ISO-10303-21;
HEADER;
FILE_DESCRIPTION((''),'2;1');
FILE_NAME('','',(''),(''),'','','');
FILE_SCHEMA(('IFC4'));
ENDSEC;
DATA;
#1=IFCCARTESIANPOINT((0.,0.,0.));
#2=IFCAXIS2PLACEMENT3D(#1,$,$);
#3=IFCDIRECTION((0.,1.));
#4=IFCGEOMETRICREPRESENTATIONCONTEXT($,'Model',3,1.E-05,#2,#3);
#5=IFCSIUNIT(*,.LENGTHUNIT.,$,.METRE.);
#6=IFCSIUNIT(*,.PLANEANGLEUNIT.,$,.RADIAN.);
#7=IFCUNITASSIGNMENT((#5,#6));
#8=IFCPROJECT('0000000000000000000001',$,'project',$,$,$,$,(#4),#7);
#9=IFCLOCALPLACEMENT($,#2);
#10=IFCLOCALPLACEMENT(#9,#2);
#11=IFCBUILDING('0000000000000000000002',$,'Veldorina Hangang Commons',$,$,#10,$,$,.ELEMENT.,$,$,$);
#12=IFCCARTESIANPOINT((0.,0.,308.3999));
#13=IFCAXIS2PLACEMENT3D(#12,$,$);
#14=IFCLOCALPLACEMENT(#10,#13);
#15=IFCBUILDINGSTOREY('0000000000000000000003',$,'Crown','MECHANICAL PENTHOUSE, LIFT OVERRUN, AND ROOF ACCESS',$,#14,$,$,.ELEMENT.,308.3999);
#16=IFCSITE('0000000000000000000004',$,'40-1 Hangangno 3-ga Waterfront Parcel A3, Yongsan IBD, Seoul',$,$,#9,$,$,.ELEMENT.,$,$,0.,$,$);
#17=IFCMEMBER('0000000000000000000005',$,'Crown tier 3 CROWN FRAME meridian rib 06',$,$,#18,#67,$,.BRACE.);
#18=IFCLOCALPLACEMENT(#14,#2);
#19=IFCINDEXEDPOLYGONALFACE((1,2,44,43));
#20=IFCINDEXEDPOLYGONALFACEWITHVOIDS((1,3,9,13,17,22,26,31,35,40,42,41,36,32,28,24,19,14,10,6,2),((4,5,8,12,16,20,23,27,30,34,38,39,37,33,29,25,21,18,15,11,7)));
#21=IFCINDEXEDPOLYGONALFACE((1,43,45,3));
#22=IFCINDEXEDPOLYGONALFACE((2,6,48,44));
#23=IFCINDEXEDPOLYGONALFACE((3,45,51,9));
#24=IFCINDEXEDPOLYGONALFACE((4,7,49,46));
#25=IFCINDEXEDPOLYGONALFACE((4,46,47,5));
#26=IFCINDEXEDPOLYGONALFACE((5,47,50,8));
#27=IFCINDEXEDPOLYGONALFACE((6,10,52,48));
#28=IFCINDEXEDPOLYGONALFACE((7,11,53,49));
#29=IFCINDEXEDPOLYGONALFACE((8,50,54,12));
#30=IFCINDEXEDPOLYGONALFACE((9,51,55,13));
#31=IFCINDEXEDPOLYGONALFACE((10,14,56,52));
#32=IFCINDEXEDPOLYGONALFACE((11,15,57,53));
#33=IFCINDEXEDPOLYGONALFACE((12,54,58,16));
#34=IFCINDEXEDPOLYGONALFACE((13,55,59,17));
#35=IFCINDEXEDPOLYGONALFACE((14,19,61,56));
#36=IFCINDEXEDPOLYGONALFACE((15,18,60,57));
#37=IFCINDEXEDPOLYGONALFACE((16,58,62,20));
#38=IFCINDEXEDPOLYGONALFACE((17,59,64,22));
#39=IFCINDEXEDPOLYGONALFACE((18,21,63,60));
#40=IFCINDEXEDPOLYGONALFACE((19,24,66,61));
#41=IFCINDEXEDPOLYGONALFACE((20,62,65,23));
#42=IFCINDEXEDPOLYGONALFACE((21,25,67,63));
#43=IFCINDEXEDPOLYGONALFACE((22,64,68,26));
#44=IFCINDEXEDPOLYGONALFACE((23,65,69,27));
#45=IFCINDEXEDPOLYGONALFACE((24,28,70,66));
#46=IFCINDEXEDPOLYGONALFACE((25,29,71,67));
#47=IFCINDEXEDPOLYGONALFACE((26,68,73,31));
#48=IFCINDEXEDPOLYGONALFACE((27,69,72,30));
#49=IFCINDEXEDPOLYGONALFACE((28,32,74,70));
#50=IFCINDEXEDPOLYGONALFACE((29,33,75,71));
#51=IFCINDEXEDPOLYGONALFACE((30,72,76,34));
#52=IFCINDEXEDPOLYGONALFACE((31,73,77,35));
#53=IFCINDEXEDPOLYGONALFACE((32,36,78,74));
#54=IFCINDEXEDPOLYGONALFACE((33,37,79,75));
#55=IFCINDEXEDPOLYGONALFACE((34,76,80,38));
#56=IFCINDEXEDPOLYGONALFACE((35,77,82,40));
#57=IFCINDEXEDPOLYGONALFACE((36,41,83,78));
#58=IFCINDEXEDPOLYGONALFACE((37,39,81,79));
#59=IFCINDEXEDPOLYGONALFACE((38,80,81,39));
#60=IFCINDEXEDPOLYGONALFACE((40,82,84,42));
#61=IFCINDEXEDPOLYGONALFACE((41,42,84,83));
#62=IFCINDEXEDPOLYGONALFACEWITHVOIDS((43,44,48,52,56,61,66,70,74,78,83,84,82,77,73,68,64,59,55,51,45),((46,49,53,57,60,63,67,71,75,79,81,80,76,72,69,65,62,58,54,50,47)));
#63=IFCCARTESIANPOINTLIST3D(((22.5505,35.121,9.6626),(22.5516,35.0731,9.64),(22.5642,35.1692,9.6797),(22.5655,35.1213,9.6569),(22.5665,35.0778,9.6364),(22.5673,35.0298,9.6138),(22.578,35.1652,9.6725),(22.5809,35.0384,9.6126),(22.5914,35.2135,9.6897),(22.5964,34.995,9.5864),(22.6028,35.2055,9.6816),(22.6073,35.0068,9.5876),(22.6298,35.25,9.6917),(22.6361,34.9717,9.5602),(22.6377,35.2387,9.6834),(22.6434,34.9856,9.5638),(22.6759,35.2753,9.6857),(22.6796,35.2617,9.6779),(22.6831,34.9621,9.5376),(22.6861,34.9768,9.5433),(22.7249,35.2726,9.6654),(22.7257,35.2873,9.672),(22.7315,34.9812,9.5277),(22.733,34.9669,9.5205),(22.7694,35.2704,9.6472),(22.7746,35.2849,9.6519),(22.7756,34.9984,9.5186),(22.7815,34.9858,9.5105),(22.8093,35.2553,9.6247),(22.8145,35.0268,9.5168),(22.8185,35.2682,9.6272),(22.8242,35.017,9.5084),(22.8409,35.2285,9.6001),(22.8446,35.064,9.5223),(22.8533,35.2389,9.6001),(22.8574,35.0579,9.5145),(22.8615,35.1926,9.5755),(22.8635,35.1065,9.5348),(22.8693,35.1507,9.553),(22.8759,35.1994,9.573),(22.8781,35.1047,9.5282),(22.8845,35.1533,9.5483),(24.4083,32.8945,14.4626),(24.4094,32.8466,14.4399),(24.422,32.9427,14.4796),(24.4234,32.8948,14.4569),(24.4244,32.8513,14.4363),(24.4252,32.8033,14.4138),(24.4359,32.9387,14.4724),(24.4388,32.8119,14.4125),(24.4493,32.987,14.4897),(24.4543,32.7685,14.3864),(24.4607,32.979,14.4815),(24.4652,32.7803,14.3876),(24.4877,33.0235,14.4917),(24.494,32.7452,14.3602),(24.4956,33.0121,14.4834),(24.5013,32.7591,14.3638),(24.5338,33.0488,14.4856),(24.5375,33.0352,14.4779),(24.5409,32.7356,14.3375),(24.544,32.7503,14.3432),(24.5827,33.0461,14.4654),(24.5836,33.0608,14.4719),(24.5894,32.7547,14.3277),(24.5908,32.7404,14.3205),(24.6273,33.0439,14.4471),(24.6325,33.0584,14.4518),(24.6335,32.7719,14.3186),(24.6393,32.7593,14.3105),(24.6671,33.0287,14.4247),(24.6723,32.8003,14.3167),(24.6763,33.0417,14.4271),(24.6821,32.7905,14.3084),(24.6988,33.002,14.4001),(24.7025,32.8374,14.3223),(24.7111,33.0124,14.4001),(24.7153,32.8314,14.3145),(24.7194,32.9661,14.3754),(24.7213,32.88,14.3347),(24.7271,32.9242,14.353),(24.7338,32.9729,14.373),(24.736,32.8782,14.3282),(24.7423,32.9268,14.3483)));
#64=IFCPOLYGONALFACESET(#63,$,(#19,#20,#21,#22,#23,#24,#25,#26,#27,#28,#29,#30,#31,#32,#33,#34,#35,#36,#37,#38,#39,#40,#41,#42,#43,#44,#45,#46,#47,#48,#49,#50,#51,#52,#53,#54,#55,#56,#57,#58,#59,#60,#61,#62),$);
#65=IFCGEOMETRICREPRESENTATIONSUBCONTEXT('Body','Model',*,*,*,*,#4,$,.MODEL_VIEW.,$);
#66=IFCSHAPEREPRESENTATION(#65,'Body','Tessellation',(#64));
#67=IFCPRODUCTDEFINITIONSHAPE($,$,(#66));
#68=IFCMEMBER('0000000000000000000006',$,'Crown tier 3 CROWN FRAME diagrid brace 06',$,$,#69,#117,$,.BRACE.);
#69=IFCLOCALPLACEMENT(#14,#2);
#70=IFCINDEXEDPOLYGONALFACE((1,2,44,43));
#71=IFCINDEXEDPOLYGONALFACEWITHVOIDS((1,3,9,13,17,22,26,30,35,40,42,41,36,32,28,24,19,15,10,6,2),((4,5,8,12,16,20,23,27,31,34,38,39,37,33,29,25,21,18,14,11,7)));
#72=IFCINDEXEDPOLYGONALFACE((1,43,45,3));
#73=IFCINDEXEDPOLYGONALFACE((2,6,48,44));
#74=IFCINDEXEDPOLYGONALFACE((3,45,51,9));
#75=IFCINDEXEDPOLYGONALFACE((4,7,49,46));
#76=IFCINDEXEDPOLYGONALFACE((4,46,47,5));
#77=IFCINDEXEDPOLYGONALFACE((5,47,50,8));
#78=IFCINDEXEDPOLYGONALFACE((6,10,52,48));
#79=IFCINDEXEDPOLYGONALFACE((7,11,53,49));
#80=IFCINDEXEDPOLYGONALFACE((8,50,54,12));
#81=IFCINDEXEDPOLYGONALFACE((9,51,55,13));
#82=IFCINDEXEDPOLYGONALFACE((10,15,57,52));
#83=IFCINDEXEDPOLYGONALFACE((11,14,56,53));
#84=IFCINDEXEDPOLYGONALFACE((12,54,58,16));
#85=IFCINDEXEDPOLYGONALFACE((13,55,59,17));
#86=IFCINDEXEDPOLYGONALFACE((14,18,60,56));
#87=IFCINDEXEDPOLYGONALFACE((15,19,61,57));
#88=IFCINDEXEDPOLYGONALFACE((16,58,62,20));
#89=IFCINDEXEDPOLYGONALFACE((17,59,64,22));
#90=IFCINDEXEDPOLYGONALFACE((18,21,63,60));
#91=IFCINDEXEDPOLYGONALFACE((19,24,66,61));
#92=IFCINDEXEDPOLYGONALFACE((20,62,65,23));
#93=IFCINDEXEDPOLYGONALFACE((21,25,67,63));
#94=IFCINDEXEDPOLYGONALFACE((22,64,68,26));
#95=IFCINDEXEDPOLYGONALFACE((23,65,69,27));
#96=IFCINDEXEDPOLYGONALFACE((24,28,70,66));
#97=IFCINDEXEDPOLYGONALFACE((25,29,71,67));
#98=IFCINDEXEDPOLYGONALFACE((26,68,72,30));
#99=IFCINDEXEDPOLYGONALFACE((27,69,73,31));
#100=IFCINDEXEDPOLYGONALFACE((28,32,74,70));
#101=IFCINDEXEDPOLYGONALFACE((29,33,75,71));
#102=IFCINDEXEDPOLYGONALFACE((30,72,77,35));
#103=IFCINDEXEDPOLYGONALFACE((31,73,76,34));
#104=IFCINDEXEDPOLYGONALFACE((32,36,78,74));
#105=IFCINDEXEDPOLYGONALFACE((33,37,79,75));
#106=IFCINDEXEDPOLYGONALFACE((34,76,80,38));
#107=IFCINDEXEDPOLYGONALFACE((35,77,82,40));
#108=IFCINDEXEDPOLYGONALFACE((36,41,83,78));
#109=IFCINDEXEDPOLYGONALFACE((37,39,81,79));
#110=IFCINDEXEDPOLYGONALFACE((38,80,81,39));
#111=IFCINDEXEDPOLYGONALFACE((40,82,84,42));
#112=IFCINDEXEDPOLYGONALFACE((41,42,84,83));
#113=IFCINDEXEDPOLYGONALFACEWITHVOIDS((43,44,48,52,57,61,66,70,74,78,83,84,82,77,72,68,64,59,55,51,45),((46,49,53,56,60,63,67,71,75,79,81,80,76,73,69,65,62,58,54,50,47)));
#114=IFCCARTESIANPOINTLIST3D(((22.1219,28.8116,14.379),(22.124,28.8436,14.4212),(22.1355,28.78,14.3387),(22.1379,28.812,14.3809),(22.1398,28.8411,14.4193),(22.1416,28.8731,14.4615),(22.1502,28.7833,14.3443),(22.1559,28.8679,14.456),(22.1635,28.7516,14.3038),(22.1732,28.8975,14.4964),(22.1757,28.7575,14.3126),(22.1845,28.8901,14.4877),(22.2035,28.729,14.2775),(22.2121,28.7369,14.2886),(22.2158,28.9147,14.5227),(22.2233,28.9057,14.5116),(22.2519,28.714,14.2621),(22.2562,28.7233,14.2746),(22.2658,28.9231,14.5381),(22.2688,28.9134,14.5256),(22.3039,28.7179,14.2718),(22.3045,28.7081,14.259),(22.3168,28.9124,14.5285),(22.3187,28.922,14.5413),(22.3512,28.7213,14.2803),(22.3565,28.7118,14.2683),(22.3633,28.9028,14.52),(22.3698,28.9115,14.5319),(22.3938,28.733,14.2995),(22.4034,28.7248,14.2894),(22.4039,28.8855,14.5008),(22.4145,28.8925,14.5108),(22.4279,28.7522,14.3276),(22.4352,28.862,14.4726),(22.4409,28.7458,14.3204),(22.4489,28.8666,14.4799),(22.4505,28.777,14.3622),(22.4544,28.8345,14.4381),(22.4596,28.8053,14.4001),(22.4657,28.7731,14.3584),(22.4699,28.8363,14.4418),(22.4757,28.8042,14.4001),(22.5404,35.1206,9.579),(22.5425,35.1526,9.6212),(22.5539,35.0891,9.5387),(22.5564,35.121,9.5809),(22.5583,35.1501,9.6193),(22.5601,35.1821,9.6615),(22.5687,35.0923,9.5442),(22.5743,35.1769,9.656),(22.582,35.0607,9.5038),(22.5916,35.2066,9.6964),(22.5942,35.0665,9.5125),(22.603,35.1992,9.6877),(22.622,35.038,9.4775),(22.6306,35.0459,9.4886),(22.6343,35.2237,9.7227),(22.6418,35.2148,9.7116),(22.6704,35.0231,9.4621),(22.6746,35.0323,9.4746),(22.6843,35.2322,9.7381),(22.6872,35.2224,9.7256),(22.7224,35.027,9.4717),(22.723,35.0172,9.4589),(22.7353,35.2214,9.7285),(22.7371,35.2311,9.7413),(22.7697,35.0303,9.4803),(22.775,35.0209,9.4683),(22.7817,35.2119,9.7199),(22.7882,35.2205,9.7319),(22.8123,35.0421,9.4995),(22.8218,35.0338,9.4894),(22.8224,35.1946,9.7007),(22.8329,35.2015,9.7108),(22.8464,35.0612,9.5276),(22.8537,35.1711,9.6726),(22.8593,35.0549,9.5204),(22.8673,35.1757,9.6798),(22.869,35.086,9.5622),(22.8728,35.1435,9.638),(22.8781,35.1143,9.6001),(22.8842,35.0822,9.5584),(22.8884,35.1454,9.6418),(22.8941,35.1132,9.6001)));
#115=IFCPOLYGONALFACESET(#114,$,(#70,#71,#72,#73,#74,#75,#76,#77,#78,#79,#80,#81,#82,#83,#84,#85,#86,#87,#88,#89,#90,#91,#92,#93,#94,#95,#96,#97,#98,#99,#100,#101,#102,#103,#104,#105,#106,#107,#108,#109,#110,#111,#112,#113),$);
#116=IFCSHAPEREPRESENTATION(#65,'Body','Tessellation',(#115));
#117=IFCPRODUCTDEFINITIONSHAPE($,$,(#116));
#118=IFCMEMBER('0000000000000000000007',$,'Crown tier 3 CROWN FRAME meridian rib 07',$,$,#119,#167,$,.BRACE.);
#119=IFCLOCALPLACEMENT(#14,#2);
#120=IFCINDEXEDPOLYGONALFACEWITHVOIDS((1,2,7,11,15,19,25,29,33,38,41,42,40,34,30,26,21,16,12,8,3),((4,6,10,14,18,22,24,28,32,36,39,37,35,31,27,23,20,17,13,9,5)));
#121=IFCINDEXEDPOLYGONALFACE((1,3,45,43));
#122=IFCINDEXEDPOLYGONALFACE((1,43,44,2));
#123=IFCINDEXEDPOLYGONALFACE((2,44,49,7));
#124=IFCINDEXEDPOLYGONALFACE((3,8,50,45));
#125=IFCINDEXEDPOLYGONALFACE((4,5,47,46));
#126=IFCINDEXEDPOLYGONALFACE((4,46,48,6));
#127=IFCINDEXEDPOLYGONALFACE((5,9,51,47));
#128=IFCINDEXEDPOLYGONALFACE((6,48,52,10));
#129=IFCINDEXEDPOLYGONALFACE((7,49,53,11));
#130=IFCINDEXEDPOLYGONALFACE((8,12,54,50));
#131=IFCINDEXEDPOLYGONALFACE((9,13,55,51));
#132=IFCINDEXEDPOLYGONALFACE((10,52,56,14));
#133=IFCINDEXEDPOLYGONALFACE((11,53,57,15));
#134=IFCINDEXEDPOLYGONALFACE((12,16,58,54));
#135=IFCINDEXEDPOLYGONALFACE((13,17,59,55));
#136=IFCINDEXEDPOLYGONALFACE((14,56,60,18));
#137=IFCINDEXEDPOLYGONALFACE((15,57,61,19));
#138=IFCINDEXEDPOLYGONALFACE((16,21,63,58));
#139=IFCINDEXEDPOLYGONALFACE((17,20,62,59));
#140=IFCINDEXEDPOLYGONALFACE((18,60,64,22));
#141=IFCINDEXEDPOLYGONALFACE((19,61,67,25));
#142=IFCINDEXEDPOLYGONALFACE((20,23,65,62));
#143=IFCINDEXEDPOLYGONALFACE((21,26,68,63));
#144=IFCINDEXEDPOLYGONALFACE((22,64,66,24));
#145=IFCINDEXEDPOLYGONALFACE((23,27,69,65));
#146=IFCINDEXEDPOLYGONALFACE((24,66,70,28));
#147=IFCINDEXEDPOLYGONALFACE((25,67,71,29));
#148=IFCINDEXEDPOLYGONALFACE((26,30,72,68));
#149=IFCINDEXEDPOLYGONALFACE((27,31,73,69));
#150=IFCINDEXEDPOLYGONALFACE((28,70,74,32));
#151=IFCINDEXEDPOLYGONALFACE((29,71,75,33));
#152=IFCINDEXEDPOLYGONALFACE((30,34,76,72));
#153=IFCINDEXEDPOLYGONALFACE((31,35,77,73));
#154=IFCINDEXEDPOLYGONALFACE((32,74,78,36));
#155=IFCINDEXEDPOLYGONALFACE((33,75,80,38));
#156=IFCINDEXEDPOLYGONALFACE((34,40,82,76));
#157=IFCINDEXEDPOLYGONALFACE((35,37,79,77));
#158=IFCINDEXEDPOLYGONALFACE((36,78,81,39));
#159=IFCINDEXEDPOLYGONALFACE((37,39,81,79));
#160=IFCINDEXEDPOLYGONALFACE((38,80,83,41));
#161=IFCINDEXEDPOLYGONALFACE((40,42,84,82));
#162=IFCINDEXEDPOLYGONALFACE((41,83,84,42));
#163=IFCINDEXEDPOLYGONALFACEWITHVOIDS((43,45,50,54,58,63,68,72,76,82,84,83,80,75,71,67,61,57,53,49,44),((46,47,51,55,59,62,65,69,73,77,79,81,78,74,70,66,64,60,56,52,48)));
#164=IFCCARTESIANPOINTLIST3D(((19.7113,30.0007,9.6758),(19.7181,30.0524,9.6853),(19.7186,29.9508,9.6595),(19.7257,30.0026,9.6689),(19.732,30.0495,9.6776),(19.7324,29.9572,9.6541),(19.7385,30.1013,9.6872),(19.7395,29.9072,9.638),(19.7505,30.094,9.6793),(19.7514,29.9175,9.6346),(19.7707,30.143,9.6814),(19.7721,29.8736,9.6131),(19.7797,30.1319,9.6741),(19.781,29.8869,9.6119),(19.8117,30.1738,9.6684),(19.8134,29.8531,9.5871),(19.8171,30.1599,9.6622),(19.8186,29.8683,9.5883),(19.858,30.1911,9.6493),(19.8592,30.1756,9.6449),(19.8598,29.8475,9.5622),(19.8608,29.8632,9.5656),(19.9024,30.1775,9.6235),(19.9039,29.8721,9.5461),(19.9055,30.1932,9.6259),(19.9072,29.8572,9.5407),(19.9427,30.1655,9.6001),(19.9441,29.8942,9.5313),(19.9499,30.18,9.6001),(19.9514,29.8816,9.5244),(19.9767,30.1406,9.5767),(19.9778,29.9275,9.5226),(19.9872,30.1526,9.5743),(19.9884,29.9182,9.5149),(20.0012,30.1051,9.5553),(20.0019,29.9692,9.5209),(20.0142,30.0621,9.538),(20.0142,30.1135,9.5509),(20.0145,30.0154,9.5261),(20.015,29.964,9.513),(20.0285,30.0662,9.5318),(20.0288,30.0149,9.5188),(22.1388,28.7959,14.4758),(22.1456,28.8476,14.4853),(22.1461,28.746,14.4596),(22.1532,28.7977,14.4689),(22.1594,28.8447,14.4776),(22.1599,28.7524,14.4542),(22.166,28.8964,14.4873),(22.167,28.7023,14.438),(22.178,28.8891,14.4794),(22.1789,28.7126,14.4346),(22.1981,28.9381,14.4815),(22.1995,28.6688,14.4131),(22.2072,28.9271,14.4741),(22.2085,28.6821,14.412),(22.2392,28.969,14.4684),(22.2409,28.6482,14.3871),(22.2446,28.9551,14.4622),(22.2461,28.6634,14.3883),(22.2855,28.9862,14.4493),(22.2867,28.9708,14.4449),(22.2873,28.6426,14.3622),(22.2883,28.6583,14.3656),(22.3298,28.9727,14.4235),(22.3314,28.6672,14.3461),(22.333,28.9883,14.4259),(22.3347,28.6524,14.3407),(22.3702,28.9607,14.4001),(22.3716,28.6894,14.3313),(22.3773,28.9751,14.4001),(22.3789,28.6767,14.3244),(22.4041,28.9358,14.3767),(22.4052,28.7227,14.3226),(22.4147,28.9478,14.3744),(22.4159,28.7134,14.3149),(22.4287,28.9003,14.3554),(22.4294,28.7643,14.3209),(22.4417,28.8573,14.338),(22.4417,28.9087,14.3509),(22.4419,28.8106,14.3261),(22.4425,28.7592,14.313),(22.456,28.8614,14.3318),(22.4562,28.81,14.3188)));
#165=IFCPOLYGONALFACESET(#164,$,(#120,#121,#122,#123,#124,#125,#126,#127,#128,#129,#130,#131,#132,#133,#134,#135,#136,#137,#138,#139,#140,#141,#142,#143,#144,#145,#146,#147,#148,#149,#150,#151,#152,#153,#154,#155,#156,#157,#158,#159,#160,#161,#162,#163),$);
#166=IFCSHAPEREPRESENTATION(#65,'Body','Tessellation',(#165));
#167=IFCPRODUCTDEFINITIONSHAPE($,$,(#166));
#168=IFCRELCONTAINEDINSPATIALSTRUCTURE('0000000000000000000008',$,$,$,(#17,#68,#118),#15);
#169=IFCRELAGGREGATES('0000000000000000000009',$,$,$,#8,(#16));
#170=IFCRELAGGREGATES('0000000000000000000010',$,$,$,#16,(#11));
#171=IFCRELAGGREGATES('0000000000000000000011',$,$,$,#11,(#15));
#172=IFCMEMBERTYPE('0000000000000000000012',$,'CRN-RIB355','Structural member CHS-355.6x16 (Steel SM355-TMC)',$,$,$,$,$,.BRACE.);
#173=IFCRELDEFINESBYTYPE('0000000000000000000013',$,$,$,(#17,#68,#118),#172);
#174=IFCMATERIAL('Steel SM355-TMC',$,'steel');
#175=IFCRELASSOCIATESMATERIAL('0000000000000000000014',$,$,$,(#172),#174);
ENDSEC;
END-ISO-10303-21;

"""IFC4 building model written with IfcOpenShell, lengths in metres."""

from ifc_helpers import new_model, si_unit, direction, frame, origin, origin_2d, place, context, subcontext, project, spatial, hollow_circle, extrude, material, material_profile, profile_set, type_object, element, save


model = new_model("IFC4")

# Units and contexts
model_context = context("Model", 3, precision=1e-05, world=origin(), true_north=direction((0.0, 1.0)))
body_context = subcontext(model_context, "Body", "Model", "MODEL_VIEW")
ifc_project = project(units=[si_unit("LENGTHUNIT", "METRE"), si_unit("PLANEANGLEUNIT", "RADIAN")], contexts=[model_context])

# Site, building, storey
site_placement = place(None, origin())
site = spatial("IfcSite", under=ifc_project, at=site_placement, Name="40-1 Hangangno 3-ga Waterfront Parcel A3, Yongsan IBD, Seoul", CompositionType="ELEMENT", RefElevation=0.0)
building_placement = place(site_placement, origin())
building = spatial("IfcBuilding", under=site, at=building_placement, Name="Veldorina Hangang Commons", CompositionType="ELEMENT")
storey_placement = place(building_placement, frame((0.0, 0.0, 308.3999)))
storey = spatial("IfcBuildingStorey", under=building, at=storey_placement, Name="Crown", Description="MECHANICAL PENTHOUSE, LIFT OVERRUN, AND ROOF ACCESS", CompositionType="ELEMENT", Elevation=308.3999)

# Members
ifc_material_1 = material(Name="Steel SM355-TMC", Category="steel")
ifc_material_profile_1 = material_profile(ifc_material_1, hollow_circle(Radius=0.1777, WallThickness=0.0161, at=origin_2d()), Name="CHS-355.6x16")
ifc_profile_set_1 = profile_set([ifc_material_profile_1], Name="Steel SM355-TMC")
member_type_1 = type_object("IfcMemberType", Name="CRN-RIB355", Description="Structural member CHS-355.6x16 (Steel SM355-TMC)", PredefinedType="BRACE", material=ifc_profile_set_1)
member_1_placement = place(storey_placement, frame((22.7168, 35.125, 9.6001), z_axis=(0.331295, -0.397032, 0.855926), x_axis=(0.767807, 0.640681, 0.0)))
element("IfcMember", 1, at=member_1_placement, inside=storey, type_object=member_type_1, Name="Crown tier 3 CROWN FRAME meridian rib 06", PredefinedType="BRACE", context=body_context, shape_type="SweptSolid", body=[
    extrude(hollow_circle(Radius=0.1777, WallThickness=0.0161, at=origin_2d()), origin(), (0.0, 0.0, 1.0), 5.6079),
])
member_2_placement = place(storey_placement, frame((22.7168, 35.125, 9.6001), z_axis=(-0.052712, -0.794743, 0.604653), x_axis=(0.997808, -0.066181, 0.0)))
element("IfcMember", 2, at=member_2_placement, inside=storey, type_object=member_type_1, Name="Crown tier 3 CROWN FRAME diagrid brace 06", PredefinedType="BRACE", context=body_context, shape_type="SweptSolid", body=[
    extrude(hollow_circle(Radius=0.1777, WallThickness=0.0161, at=origin_2d()), origin(), (0.0, 0.0, 1.0), 7.9385),
])
member_3_placement = place(storey_placement, frame((19.8708, 30.0208, 9.6001), z_axis=(0.440382, -0.218574, 0.870798), x_axis=(0.444581, 0.895739, 0.0)))
element("IfcMember", 3, at=member_3_placement, inside=storey, type_object=member_type_1, Name="Crown tier 3 CROWN FRAME meridian rib 07", PredefinedType="BRACE", context=body_context, shape_type="SweptSolid", body=[
    extrude(hollow_circle(Radius=0.1777, WallThickness=0.0161, at=origin_2d()), origin(), (0.0, 0.0, 1.0), 5.5122),
])

save(model, "model.ifc")
